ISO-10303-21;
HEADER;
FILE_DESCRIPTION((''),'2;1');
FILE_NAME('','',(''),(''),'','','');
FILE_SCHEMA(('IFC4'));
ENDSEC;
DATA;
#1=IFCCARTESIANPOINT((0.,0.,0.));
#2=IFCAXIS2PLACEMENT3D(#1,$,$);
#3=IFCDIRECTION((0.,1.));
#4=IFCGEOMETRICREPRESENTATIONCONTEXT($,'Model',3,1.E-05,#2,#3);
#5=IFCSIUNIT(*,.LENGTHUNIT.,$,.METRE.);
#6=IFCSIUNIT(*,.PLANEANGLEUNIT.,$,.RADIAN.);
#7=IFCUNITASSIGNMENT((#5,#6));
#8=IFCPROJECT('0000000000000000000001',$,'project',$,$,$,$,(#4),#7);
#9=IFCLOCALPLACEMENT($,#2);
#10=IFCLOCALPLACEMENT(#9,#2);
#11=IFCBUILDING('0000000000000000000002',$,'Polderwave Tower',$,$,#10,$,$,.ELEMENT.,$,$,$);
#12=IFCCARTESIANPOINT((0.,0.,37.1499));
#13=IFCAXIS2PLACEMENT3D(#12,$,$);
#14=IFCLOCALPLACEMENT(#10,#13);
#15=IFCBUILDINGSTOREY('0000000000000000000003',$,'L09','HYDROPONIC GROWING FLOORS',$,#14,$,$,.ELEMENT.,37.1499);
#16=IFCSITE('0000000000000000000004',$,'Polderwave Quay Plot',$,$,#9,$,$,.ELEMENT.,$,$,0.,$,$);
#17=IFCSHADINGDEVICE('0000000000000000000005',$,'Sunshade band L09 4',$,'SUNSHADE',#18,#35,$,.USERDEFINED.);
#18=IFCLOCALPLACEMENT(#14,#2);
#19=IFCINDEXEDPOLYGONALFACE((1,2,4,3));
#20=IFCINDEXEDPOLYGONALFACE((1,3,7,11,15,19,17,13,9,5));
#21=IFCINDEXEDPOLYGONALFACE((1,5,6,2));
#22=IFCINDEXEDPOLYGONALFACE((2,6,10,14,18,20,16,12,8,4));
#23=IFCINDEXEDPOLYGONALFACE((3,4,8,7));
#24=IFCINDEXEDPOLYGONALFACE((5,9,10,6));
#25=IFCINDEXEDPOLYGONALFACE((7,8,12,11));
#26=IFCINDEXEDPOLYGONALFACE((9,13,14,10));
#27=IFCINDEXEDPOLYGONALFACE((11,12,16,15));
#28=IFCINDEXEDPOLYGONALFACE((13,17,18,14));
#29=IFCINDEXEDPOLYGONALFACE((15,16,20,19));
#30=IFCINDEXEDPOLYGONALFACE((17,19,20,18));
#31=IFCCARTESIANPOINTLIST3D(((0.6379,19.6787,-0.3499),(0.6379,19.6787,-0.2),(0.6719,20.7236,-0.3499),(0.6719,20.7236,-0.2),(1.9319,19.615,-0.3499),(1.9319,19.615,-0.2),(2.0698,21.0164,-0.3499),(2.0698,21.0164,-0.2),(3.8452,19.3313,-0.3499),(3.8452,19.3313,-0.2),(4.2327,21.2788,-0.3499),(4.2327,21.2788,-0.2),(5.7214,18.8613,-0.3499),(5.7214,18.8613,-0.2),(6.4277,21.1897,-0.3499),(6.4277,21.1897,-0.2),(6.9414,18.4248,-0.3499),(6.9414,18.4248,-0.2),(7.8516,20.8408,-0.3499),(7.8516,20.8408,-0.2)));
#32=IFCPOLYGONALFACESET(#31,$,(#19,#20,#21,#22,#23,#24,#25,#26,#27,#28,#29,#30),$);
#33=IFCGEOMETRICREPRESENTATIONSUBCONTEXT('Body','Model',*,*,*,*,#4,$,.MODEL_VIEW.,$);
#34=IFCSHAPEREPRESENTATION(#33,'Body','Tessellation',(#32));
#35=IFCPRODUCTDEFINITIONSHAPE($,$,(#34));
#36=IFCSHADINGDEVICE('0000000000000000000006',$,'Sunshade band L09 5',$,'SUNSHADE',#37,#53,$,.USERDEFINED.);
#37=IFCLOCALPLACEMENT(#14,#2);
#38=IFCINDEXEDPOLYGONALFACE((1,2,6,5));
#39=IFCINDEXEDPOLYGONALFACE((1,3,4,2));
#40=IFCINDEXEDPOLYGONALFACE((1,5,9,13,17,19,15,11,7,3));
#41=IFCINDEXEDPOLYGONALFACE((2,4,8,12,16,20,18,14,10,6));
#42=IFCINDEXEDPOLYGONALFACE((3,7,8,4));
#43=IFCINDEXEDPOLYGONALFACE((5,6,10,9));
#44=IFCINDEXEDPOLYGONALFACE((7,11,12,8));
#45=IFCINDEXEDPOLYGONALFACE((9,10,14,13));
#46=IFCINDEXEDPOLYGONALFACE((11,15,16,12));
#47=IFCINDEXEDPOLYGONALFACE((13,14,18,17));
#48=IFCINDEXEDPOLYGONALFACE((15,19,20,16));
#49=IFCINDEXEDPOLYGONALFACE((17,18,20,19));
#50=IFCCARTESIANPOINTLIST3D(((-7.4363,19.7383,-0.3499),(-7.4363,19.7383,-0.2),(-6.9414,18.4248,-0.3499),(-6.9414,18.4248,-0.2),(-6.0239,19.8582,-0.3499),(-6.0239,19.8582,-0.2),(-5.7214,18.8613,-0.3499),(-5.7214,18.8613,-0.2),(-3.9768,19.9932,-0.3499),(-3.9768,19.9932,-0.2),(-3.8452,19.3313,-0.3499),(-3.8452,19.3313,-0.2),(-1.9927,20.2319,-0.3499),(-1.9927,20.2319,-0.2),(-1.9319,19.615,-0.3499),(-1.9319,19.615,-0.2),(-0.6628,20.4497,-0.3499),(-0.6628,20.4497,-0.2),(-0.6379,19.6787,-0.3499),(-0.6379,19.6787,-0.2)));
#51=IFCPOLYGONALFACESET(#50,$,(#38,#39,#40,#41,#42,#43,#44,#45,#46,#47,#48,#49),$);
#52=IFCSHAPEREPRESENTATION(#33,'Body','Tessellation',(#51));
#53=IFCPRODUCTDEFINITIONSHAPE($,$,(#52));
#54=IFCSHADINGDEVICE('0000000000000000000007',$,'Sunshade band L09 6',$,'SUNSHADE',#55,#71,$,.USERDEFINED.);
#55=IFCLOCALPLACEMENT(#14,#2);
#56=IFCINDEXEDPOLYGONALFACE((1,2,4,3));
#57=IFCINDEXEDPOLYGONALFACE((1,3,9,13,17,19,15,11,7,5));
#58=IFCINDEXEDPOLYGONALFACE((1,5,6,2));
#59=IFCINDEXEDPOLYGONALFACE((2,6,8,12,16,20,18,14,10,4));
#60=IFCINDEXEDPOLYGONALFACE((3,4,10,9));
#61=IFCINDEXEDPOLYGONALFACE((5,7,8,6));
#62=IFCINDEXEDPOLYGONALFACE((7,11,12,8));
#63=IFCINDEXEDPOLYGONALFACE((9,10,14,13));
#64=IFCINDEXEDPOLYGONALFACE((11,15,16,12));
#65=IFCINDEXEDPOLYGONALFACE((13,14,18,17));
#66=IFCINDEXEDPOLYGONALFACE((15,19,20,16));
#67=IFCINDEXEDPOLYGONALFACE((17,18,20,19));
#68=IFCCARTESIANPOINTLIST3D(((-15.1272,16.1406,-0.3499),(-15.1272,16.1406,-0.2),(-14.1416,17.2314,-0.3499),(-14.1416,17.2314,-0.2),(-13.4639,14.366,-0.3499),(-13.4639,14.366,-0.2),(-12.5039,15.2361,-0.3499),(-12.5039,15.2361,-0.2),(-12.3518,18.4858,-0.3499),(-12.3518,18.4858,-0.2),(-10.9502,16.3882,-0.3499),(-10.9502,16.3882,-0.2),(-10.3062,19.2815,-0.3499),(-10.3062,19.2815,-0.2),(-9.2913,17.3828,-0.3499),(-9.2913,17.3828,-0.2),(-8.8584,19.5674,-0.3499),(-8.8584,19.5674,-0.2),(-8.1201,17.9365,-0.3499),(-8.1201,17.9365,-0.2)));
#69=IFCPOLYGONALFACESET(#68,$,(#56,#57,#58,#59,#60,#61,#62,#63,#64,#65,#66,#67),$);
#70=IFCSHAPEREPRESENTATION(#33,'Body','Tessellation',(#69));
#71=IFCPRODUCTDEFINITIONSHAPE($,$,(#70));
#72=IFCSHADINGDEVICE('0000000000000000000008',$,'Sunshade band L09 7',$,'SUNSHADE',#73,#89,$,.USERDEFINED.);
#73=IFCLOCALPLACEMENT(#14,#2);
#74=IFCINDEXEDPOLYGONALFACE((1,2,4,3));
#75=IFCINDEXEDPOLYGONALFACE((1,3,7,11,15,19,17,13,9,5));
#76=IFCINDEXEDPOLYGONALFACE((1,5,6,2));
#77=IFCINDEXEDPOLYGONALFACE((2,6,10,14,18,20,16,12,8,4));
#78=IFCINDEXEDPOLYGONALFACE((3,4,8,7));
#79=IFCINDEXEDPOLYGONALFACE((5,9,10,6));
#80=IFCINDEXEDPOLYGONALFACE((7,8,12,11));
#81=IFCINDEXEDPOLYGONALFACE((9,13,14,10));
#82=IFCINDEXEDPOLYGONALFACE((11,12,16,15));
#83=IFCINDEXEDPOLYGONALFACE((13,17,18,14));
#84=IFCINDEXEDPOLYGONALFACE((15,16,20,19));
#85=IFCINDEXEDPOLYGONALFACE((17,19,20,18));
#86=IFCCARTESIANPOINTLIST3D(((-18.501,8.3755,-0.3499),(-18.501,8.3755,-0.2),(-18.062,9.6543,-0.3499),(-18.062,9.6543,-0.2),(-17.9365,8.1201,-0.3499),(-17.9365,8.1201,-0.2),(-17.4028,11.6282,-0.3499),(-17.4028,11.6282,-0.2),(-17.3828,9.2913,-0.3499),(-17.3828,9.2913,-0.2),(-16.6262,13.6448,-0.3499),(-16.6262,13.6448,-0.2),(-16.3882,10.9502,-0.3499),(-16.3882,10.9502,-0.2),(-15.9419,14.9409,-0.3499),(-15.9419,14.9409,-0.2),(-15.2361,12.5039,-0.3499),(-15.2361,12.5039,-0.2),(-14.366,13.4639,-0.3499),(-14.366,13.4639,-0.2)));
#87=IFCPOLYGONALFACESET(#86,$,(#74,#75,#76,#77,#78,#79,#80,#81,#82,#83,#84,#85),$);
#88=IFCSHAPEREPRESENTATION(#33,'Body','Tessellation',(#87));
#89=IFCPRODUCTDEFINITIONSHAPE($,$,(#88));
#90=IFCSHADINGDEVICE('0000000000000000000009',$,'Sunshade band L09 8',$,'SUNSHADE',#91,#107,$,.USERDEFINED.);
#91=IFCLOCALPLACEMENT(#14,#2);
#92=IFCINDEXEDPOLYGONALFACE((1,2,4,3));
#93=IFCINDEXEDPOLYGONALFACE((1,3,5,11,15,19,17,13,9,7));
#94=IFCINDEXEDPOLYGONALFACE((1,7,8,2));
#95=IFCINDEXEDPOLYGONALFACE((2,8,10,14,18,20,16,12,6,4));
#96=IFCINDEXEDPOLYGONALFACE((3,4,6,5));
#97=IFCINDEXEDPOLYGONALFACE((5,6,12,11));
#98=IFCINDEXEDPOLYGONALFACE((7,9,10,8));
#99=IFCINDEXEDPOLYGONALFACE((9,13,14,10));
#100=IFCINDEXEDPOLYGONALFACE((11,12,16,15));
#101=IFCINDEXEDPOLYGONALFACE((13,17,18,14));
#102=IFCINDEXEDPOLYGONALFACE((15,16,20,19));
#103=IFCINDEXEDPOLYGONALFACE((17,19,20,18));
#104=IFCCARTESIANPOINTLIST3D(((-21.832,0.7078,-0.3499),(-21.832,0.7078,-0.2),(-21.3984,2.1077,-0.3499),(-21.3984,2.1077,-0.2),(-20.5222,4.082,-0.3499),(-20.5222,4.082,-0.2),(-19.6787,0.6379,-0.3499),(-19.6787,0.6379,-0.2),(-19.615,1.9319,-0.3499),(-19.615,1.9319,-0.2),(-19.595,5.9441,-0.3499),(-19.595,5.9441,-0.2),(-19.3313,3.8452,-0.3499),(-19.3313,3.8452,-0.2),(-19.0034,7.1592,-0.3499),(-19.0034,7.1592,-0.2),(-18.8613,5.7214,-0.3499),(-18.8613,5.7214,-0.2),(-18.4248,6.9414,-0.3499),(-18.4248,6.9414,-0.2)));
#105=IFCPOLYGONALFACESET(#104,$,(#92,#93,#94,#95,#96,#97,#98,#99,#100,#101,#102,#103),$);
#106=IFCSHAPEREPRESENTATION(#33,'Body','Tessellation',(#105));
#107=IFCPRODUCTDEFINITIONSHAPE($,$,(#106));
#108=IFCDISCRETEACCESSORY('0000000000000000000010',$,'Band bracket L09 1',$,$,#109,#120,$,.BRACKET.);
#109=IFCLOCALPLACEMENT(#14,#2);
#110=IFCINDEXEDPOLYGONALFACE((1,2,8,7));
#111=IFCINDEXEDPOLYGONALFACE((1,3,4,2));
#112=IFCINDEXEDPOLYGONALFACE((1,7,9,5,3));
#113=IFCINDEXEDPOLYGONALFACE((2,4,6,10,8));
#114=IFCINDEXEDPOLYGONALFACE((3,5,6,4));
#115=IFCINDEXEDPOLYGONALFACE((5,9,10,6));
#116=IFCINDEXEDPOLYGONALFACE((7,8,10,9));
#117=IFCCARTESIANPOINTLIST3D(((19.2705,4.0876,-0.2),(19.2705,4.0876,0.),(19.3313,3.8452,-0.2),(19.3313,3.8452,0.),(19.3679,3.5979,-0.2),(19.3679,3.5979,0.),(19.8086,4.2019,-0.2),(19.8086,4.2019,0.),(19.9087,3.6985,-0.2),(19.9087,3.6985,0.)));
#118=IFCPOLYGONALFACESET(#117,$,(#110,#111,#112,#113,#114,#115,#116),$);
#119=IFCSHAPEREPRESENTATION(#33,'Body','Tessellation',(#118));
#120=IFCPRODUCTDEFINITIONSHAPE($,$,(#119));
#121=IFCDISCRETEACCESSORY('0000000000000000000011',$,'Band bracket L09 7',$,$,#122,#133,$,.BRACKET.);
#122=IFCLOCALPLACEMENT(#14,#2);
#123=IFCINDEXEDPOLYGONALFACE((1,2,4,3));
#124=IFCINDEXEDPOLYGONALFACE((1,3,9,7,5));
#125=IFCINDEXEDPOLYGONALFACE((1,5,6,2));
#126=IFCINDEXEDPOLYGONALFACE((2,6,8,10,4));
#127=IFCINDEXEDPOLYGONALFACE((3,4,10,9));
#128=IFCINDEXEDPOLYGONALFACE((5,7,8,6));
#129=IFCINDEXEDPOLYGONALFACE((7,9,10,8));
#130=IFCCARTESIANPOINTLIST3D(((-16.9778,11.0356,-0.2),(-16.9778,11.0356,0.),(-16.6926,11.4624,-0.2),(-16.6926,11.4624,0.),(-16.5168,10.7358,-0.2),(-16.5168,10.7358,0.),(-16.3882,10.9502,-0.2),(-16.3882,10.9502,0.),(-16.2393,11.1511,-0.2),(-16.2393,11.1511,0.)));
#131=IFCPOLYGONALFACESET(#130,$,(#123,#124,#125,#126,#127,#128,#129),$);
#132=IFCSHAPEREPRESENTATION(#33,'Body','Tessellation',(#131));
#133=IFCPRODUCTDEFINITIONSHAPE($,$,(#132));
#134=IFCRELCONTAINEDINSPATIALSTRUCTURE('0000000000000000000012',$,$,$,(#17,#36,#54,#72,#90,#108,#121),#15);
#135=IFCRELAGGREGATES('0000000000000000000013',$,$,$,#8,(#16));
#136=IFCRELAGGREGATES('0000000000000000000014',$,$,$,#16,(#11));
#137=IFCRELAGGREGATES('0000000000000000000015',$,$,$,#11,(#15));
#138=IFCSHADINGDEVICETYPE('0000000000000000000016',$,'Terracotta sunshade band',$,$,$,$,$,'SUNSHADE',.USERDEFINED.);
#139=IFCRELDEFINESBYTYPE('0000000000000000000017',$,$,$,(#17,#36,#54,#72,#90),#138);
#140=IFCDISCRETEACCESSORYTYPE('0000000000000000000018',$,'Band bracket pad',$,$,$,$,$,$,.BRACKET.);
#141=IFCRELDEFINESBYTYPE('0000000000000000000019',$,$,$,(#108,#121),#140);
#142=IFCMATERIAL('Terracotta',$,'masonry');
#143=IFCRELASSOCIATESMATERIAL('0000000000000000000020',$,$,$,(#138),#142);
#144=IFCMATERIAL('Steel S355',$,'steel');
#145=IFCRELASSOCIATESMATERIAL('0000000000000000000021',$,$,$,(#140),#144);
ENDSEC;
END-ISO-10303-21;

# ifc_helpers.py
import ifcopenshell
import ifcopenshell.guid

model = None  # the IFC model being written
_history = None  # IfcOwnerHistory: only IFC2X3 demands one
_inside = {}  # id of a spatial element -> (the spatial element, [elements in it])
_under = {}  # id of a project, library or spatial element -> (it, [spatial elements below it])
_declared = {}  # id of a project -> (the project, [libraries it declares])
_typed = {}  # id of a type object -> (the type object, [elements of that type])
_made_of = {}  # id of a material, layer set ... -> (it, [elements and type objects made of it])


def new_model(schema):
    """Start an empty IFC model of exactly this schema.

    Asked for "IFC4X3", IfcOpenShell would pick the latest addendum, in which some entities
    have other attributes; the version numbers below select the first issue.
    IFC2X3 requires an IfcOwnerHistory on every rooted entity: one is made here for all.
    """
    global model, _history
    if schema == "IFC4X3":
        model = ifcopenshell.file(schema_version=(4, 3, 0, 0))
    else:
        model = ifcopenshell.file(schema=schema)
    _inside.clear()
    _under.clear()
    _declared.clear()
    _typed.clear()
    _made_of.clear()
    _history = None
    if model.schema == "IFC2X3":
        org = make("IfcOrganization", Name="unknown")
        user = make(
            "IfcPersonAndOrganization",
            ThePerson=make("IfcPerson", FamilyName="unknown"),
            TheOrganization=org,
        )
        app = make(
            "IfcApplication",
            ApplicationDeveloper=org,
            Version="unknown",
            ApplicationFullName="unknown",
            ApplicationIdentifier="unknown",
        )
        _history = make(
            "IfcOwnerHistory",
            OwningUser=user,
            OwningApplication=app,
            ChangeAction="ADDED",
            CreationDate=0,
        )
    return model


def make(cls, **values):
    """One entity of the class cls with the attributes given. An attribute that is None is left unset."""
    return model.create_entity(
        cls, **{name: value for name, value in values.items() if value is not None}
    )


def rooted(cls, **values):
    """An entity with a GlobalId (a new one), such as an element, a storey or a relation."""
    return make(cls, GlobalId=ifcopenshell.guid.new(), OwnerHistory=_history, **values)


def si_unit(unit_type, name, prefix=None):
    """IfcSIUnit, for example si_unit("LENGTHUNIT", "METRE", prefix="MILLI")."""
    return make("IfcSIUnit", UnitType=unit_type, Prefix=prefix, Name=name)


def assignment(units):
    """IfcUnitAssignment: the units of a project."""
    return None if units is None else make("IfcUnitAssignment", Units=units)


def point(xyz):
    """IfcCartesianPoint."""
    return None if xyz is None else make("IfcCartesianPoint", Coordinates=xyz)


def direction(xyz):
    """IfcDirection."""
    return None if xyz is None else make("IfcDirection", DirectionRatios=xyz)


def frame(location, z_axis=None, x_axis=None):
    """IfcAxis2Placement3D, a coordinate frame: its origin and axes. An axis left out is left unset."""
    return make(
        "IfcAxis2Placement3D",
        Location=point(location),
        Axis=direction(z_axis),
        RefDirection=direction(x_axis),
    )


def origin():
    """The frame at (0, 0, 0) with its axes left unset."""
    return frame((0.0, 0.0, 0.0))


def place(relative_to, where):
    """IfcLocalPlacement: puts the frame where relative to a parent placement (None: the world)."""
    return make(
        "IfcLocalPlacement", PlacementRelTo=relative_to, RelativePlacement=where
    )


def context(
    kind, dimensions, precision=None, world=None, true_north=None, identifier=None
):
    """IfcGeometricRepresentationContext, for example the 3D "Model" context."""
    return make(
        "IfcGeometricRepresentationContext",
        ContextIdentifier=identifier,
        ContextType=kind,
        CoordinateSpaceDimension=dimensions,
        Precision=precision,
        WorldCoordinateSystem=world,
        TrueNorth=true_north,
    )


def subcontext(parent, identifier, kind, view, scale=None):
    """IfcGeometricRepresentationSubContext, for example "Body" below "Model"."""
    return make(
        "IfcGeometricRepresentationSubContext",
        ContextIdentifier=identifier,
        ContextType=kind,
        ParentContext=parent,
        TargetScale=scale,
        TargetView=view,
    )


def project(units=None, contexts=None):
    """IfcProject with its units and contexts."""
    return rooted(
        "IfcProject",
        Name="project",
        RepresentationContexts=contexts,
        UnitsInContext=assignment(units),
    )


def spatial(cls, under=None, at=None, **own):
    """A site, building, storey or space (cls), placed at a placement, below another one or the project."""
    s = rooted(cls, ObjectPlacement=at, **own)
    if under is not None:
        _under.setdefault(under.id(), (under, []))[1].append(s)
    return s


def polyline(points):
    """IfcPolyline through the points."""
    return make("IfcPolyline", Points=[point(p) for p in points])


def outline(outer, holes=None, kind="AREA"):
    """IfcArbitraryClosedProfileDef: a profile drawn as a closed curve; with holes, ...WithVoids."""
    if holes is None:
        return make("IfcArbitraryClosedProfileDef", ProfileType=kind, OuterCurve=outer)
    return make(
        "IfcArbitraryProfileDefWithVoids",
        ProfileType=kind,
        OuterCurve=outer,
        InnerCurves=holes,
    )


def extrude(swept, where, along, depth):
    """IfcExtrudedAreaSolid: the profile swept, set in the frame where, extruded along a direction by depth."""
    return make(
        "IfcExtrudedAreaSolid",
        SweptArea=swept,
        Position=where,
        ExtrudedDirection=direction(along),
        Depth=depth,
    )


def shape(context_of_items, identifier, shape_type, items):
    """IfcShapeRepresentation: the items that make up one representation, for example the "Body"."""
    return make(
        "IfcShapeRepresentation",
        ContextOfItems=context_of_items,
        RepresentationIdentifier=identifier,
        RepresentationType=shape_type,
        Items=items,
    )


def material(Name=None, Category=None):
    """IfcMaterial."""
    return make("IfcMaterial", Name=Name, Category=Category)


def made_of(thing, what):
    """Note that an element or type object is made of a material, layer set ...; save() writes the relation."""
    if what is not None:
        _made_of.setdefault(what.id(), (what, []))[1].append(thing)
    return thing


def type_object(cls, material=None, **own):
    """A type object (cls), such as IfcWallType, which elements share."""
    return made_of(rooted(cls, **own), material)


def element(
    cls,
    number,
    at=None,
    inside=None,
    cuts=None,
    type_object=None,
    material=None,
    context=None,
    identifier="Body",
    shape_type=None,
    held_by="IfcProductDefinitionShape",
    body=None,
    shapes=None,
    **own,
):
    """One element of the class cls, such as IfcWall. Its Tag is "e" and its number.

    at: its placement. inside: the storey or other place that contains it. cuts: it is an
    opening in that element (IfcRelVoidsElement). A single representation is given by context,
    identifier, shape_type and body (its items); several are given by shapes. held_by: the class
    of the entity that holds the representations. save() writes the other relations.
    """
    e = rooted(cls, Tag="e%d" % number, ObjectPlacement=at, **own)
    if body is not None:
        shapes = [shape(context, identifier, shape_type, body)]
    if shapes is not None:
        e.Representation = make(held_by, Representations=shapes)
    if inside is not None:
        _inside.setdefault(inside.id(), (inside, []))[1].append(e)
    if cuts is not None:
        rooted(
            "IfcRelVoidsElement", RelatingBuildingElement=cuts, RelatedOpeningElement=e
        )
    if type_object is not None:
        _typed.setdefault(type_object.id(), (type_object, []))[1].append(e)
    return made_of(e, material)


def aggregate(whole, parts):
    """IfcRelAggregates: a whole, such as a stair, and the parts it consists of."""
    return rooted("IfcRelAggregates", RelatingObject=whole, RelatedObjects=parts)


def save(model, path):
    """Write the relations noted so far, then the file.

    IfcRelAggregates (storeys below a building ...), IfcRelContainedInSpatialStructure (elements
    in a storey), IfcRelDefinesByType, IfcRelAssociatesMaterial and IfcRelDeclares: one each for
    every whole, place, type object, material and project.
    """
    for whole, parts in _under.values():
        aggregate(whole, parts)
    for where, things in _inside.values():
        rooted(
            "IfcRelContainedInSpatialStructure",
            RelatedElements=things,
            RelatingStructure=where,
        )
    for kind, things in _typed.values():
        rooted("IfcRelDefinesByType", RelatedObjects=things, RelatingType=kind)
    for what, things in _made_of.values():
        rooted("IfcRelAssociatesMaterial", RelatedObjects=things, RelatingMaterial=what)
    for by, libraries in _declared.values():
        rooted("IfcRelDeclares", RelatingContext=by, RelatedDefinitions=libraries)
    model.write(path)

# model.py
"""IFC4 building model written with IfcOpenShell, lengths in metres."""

from ifc_helpers import new_model, si_unit, direction, frame, origin, place, context, subcontext, project, spatial, polyline, outline, extrude, material, type_object, element, save


model = new_model("IFC4")

# Units and contexts
model_context = context("Model", 3, precision=1e-05, world=origin(), true_north=direction((0.0, 1.0)))
body_context = subcontext(model_context, "Body", "Model", "MODEL_VIEW")
ifc_project = project(units=[si_unit("LENGTHUNIT", "METRE"), si_unit("PLANEANGLEUNIT", "RADIAN")], contexts=[model_context])

# Site, building, storey
site_placement = place(None, origin())
site = spatial("IfcSite", under=ifc_project, at=site_placement, Name="Polderwave Quay Plot", CompositionType="ELEMENT", RefElevation=0.0)
building_placement = place(site_placement, origin())
building = spatial("IfcBuilding", under=site, at=building_placement, Name="Polderwave Tower", CompositionType="ELEMENT")
storey_placement = place(building_placement, frame((0.0, 0.0, 37.1499)))
storey = spatial("IfcBuildingStorey", under=building, at=storey_placement, Name="L09", Description="HYDROPONIC GROWING FLOORS", CompositionType="ELEMENT", Elevation=37.1499)

# Shading devices
ifc_material_1 = material(Name="Terracotta", Category="masonry")
shading_device_type = type_object("IfcShadingDeviceType", Name="Terracotta sunshade band", ElementType="SUNSHADE", PredefinedType="USERDEFINED", material=ifc_material_1)
shading_device_1_placement = place(storey_placement, frame((0.0, 0.0, -0.3499)))
element("IfcShadingDevice", 1, at=shading_device_1_placement, inside=storey, type_object=shading_device_type, Name="Sunshade band L09 4", ObjectType="SUNSHADE", PredefinedType="USERDEFINED", context=body_context, shape_type="SweptSolid", body=[
    extrude(outline(polyline([(6.9414, 18.4248), (5.7214, 18.8613), (3.8452, 19.3313), (1.9319, 19.615), (0.6379, 19.6787), (0.6719, 20.7236), (2.0698, 21.0164), (4.2327, 21.2788), (6.4277, 21.1897), (7.8516, 20.8408), (6.9414, 18.4248)])), origin(), (0.0, 0.0, 1.0), 0.1499),
])
shading_device_2_placement = place(storey_placement, frame((0.0, 0.0, -0.3499)))
element("IfcShadingDevice", 2, at=shading_device_2_placement, inside=storey, type_object=shading_device_type, Name="Sunshade band L09 5", ObjectType="SUNSHADE", PredefinedType="USERDEFINED", context=body_context, shape_type="SweptSolid", body=[
    extrude(outline(polyline([(-0.6379, 19.6787), (-1.9319, 19.615), (-3.8452, 19.3313), (-5.7214, 18.8613), (-6.9414, 18.4248), (-7.4363, 19.7383), (-6.0239, 19.8582), (-3.9768, 19.9932), (-1.9927, 20.2319), (-0.6628, 20.4497), (-0.6379, 19.6787)])), origin(), (0.0, 0.0, 1.0), 0.1499),
])
shading_device_3_placement = place(storey_placement, frame((0.0, 0.0, -0.3499)))
element("IfcShadingDevice", 3, at=shading_device_3_placement, inside=storey, type_object=shading_device_type, Name="Sunshade band L09 6", ObjectType="SUNSHADE", PredefinedType="USERDEFINED", context=body_context, shape_type="SweptSolid", body=[
    extrude(outline(polyline([(-8.1201, 17.9365), (-9.2913, 17.3828), (-10.9502, 16.3882), (-12.5039, 15.2361), (-13.4639, 14.366), (-15.1272, 16.1406), (-14.1416, 17.2314), (-12.3518, 18.4858), (-10.3062, 19.2815), (-8.8584, 19.5674), (-8.1201, 17.9365)])), origin(), (0.0, 0.0, 1.0), 0.1499),
])
shading_device_4_placement = place(storey_placement, frame((0.0, 0.0, -0.3499)))
element("IfcShadingDevice", 4, at=shading_device_4_placement, inside=storey, type_object=shading_device_type, Name="Sunshade band L09 7", ObjectType="SUNSHADE", PredefinedType="USERDEFINED", context=body_context, shape_type="SweptSolid", body=[
    extrude(outline(polyline([(-14.366, 13.4639), (-15.2361, 12.5039), (-16.3882, 10.9502), (-17.3828, 9.2913), (-17.9365, 8.1201), (-18.501, 8.3755), (-18.062, 9.6543), (-17.4028, 11.6282), (-16.6262, 13.6448), (-15.9419, 14.9409), (-14.366, 13.4639)])), origin(), (0.0, 0.0, 1.0), 0.1499),
])
shading_device_5_placement = place(storey_placement, frame((0.0, 0.0, -0.3499)))
element("IfcShadingDevice", 5, at=shading_device_5_placement, inside=storey, type_object=shading_device_type, Name="Sunshade band L09 8", ObjectType="SUNSHADE", PredefinedType="USERDEFINED", context=body_context, shape_type="SweptSolid", body=[
    extrude(outline(polyline([(-18.4248, 6.9414), (-18.8613, 5.7214), (-19.3313, 3.8452), (-19.615, 1.9319), (-19.6787, 0.6379), (-21.832, 0.7078), (-21.3984, 2.1077), (-20.5222, 4.082), (-19.595, 5.9441), (-19.0034, 7.1592), (-18.4248, 6.9414)])), origin(), (0.0, 0.0, 1.0), 0.1499),
])

# Discrete accessories
ifc_material_2 = material(Name="Steel S355", Category="steel")
discrete_accessory_type = type_object("IfcDiscreteAccessoryType", Name="Band bracket pad", PredefinedType="BRACKET", material=ifc_material_2)
discrete_accessory_1_placement = place(storey_placement, frame((0.0, 0.0, -0.2)))
element("IfcDiscreteAccessory", 6, at=discrete_accessory_1_placement, inside=storey, type_object=discrete_accessory_type, Name="Band bracket L09 1", PredefinedType="BRACKET", context=body_context, shape_type="SweptSolid", body=[
    extrude(outline(polyline([(19.3679, 3.5979), (19.3313, 3.8452), (19.2705, 4.0876), (19.8086, 4.2019), (19.9087, 3.6985), (19.3679, 3.5979)])), origin(), (0.0, 0.0, 1.0), 0.2),
])
discrete_accessory_2_placement = place(storey_placement, frame((0.0, 0.0, -0.2)))
element("IfcDiscreteAccessory", 7, at=discrete_accessory_2_placement, inside=storey, type_object=discrete_accessory_type, Name="Band bracket L09 7", PredefinedType="BRACKET", context=body_context, shape_type="SweptSolid", body=[
    extrude(outline(polyline([(-16.2393, 11.1511), (-16.3882, 10.9502), (-16.5168, 10.7358), (-16.9778, 11.0356), (-16.6926, 11.4624), (-16.2393, 11.1511)])), origin(), (0.0, 0.0, 1.0), 0.2),
])

save(model, "model.ifc")
